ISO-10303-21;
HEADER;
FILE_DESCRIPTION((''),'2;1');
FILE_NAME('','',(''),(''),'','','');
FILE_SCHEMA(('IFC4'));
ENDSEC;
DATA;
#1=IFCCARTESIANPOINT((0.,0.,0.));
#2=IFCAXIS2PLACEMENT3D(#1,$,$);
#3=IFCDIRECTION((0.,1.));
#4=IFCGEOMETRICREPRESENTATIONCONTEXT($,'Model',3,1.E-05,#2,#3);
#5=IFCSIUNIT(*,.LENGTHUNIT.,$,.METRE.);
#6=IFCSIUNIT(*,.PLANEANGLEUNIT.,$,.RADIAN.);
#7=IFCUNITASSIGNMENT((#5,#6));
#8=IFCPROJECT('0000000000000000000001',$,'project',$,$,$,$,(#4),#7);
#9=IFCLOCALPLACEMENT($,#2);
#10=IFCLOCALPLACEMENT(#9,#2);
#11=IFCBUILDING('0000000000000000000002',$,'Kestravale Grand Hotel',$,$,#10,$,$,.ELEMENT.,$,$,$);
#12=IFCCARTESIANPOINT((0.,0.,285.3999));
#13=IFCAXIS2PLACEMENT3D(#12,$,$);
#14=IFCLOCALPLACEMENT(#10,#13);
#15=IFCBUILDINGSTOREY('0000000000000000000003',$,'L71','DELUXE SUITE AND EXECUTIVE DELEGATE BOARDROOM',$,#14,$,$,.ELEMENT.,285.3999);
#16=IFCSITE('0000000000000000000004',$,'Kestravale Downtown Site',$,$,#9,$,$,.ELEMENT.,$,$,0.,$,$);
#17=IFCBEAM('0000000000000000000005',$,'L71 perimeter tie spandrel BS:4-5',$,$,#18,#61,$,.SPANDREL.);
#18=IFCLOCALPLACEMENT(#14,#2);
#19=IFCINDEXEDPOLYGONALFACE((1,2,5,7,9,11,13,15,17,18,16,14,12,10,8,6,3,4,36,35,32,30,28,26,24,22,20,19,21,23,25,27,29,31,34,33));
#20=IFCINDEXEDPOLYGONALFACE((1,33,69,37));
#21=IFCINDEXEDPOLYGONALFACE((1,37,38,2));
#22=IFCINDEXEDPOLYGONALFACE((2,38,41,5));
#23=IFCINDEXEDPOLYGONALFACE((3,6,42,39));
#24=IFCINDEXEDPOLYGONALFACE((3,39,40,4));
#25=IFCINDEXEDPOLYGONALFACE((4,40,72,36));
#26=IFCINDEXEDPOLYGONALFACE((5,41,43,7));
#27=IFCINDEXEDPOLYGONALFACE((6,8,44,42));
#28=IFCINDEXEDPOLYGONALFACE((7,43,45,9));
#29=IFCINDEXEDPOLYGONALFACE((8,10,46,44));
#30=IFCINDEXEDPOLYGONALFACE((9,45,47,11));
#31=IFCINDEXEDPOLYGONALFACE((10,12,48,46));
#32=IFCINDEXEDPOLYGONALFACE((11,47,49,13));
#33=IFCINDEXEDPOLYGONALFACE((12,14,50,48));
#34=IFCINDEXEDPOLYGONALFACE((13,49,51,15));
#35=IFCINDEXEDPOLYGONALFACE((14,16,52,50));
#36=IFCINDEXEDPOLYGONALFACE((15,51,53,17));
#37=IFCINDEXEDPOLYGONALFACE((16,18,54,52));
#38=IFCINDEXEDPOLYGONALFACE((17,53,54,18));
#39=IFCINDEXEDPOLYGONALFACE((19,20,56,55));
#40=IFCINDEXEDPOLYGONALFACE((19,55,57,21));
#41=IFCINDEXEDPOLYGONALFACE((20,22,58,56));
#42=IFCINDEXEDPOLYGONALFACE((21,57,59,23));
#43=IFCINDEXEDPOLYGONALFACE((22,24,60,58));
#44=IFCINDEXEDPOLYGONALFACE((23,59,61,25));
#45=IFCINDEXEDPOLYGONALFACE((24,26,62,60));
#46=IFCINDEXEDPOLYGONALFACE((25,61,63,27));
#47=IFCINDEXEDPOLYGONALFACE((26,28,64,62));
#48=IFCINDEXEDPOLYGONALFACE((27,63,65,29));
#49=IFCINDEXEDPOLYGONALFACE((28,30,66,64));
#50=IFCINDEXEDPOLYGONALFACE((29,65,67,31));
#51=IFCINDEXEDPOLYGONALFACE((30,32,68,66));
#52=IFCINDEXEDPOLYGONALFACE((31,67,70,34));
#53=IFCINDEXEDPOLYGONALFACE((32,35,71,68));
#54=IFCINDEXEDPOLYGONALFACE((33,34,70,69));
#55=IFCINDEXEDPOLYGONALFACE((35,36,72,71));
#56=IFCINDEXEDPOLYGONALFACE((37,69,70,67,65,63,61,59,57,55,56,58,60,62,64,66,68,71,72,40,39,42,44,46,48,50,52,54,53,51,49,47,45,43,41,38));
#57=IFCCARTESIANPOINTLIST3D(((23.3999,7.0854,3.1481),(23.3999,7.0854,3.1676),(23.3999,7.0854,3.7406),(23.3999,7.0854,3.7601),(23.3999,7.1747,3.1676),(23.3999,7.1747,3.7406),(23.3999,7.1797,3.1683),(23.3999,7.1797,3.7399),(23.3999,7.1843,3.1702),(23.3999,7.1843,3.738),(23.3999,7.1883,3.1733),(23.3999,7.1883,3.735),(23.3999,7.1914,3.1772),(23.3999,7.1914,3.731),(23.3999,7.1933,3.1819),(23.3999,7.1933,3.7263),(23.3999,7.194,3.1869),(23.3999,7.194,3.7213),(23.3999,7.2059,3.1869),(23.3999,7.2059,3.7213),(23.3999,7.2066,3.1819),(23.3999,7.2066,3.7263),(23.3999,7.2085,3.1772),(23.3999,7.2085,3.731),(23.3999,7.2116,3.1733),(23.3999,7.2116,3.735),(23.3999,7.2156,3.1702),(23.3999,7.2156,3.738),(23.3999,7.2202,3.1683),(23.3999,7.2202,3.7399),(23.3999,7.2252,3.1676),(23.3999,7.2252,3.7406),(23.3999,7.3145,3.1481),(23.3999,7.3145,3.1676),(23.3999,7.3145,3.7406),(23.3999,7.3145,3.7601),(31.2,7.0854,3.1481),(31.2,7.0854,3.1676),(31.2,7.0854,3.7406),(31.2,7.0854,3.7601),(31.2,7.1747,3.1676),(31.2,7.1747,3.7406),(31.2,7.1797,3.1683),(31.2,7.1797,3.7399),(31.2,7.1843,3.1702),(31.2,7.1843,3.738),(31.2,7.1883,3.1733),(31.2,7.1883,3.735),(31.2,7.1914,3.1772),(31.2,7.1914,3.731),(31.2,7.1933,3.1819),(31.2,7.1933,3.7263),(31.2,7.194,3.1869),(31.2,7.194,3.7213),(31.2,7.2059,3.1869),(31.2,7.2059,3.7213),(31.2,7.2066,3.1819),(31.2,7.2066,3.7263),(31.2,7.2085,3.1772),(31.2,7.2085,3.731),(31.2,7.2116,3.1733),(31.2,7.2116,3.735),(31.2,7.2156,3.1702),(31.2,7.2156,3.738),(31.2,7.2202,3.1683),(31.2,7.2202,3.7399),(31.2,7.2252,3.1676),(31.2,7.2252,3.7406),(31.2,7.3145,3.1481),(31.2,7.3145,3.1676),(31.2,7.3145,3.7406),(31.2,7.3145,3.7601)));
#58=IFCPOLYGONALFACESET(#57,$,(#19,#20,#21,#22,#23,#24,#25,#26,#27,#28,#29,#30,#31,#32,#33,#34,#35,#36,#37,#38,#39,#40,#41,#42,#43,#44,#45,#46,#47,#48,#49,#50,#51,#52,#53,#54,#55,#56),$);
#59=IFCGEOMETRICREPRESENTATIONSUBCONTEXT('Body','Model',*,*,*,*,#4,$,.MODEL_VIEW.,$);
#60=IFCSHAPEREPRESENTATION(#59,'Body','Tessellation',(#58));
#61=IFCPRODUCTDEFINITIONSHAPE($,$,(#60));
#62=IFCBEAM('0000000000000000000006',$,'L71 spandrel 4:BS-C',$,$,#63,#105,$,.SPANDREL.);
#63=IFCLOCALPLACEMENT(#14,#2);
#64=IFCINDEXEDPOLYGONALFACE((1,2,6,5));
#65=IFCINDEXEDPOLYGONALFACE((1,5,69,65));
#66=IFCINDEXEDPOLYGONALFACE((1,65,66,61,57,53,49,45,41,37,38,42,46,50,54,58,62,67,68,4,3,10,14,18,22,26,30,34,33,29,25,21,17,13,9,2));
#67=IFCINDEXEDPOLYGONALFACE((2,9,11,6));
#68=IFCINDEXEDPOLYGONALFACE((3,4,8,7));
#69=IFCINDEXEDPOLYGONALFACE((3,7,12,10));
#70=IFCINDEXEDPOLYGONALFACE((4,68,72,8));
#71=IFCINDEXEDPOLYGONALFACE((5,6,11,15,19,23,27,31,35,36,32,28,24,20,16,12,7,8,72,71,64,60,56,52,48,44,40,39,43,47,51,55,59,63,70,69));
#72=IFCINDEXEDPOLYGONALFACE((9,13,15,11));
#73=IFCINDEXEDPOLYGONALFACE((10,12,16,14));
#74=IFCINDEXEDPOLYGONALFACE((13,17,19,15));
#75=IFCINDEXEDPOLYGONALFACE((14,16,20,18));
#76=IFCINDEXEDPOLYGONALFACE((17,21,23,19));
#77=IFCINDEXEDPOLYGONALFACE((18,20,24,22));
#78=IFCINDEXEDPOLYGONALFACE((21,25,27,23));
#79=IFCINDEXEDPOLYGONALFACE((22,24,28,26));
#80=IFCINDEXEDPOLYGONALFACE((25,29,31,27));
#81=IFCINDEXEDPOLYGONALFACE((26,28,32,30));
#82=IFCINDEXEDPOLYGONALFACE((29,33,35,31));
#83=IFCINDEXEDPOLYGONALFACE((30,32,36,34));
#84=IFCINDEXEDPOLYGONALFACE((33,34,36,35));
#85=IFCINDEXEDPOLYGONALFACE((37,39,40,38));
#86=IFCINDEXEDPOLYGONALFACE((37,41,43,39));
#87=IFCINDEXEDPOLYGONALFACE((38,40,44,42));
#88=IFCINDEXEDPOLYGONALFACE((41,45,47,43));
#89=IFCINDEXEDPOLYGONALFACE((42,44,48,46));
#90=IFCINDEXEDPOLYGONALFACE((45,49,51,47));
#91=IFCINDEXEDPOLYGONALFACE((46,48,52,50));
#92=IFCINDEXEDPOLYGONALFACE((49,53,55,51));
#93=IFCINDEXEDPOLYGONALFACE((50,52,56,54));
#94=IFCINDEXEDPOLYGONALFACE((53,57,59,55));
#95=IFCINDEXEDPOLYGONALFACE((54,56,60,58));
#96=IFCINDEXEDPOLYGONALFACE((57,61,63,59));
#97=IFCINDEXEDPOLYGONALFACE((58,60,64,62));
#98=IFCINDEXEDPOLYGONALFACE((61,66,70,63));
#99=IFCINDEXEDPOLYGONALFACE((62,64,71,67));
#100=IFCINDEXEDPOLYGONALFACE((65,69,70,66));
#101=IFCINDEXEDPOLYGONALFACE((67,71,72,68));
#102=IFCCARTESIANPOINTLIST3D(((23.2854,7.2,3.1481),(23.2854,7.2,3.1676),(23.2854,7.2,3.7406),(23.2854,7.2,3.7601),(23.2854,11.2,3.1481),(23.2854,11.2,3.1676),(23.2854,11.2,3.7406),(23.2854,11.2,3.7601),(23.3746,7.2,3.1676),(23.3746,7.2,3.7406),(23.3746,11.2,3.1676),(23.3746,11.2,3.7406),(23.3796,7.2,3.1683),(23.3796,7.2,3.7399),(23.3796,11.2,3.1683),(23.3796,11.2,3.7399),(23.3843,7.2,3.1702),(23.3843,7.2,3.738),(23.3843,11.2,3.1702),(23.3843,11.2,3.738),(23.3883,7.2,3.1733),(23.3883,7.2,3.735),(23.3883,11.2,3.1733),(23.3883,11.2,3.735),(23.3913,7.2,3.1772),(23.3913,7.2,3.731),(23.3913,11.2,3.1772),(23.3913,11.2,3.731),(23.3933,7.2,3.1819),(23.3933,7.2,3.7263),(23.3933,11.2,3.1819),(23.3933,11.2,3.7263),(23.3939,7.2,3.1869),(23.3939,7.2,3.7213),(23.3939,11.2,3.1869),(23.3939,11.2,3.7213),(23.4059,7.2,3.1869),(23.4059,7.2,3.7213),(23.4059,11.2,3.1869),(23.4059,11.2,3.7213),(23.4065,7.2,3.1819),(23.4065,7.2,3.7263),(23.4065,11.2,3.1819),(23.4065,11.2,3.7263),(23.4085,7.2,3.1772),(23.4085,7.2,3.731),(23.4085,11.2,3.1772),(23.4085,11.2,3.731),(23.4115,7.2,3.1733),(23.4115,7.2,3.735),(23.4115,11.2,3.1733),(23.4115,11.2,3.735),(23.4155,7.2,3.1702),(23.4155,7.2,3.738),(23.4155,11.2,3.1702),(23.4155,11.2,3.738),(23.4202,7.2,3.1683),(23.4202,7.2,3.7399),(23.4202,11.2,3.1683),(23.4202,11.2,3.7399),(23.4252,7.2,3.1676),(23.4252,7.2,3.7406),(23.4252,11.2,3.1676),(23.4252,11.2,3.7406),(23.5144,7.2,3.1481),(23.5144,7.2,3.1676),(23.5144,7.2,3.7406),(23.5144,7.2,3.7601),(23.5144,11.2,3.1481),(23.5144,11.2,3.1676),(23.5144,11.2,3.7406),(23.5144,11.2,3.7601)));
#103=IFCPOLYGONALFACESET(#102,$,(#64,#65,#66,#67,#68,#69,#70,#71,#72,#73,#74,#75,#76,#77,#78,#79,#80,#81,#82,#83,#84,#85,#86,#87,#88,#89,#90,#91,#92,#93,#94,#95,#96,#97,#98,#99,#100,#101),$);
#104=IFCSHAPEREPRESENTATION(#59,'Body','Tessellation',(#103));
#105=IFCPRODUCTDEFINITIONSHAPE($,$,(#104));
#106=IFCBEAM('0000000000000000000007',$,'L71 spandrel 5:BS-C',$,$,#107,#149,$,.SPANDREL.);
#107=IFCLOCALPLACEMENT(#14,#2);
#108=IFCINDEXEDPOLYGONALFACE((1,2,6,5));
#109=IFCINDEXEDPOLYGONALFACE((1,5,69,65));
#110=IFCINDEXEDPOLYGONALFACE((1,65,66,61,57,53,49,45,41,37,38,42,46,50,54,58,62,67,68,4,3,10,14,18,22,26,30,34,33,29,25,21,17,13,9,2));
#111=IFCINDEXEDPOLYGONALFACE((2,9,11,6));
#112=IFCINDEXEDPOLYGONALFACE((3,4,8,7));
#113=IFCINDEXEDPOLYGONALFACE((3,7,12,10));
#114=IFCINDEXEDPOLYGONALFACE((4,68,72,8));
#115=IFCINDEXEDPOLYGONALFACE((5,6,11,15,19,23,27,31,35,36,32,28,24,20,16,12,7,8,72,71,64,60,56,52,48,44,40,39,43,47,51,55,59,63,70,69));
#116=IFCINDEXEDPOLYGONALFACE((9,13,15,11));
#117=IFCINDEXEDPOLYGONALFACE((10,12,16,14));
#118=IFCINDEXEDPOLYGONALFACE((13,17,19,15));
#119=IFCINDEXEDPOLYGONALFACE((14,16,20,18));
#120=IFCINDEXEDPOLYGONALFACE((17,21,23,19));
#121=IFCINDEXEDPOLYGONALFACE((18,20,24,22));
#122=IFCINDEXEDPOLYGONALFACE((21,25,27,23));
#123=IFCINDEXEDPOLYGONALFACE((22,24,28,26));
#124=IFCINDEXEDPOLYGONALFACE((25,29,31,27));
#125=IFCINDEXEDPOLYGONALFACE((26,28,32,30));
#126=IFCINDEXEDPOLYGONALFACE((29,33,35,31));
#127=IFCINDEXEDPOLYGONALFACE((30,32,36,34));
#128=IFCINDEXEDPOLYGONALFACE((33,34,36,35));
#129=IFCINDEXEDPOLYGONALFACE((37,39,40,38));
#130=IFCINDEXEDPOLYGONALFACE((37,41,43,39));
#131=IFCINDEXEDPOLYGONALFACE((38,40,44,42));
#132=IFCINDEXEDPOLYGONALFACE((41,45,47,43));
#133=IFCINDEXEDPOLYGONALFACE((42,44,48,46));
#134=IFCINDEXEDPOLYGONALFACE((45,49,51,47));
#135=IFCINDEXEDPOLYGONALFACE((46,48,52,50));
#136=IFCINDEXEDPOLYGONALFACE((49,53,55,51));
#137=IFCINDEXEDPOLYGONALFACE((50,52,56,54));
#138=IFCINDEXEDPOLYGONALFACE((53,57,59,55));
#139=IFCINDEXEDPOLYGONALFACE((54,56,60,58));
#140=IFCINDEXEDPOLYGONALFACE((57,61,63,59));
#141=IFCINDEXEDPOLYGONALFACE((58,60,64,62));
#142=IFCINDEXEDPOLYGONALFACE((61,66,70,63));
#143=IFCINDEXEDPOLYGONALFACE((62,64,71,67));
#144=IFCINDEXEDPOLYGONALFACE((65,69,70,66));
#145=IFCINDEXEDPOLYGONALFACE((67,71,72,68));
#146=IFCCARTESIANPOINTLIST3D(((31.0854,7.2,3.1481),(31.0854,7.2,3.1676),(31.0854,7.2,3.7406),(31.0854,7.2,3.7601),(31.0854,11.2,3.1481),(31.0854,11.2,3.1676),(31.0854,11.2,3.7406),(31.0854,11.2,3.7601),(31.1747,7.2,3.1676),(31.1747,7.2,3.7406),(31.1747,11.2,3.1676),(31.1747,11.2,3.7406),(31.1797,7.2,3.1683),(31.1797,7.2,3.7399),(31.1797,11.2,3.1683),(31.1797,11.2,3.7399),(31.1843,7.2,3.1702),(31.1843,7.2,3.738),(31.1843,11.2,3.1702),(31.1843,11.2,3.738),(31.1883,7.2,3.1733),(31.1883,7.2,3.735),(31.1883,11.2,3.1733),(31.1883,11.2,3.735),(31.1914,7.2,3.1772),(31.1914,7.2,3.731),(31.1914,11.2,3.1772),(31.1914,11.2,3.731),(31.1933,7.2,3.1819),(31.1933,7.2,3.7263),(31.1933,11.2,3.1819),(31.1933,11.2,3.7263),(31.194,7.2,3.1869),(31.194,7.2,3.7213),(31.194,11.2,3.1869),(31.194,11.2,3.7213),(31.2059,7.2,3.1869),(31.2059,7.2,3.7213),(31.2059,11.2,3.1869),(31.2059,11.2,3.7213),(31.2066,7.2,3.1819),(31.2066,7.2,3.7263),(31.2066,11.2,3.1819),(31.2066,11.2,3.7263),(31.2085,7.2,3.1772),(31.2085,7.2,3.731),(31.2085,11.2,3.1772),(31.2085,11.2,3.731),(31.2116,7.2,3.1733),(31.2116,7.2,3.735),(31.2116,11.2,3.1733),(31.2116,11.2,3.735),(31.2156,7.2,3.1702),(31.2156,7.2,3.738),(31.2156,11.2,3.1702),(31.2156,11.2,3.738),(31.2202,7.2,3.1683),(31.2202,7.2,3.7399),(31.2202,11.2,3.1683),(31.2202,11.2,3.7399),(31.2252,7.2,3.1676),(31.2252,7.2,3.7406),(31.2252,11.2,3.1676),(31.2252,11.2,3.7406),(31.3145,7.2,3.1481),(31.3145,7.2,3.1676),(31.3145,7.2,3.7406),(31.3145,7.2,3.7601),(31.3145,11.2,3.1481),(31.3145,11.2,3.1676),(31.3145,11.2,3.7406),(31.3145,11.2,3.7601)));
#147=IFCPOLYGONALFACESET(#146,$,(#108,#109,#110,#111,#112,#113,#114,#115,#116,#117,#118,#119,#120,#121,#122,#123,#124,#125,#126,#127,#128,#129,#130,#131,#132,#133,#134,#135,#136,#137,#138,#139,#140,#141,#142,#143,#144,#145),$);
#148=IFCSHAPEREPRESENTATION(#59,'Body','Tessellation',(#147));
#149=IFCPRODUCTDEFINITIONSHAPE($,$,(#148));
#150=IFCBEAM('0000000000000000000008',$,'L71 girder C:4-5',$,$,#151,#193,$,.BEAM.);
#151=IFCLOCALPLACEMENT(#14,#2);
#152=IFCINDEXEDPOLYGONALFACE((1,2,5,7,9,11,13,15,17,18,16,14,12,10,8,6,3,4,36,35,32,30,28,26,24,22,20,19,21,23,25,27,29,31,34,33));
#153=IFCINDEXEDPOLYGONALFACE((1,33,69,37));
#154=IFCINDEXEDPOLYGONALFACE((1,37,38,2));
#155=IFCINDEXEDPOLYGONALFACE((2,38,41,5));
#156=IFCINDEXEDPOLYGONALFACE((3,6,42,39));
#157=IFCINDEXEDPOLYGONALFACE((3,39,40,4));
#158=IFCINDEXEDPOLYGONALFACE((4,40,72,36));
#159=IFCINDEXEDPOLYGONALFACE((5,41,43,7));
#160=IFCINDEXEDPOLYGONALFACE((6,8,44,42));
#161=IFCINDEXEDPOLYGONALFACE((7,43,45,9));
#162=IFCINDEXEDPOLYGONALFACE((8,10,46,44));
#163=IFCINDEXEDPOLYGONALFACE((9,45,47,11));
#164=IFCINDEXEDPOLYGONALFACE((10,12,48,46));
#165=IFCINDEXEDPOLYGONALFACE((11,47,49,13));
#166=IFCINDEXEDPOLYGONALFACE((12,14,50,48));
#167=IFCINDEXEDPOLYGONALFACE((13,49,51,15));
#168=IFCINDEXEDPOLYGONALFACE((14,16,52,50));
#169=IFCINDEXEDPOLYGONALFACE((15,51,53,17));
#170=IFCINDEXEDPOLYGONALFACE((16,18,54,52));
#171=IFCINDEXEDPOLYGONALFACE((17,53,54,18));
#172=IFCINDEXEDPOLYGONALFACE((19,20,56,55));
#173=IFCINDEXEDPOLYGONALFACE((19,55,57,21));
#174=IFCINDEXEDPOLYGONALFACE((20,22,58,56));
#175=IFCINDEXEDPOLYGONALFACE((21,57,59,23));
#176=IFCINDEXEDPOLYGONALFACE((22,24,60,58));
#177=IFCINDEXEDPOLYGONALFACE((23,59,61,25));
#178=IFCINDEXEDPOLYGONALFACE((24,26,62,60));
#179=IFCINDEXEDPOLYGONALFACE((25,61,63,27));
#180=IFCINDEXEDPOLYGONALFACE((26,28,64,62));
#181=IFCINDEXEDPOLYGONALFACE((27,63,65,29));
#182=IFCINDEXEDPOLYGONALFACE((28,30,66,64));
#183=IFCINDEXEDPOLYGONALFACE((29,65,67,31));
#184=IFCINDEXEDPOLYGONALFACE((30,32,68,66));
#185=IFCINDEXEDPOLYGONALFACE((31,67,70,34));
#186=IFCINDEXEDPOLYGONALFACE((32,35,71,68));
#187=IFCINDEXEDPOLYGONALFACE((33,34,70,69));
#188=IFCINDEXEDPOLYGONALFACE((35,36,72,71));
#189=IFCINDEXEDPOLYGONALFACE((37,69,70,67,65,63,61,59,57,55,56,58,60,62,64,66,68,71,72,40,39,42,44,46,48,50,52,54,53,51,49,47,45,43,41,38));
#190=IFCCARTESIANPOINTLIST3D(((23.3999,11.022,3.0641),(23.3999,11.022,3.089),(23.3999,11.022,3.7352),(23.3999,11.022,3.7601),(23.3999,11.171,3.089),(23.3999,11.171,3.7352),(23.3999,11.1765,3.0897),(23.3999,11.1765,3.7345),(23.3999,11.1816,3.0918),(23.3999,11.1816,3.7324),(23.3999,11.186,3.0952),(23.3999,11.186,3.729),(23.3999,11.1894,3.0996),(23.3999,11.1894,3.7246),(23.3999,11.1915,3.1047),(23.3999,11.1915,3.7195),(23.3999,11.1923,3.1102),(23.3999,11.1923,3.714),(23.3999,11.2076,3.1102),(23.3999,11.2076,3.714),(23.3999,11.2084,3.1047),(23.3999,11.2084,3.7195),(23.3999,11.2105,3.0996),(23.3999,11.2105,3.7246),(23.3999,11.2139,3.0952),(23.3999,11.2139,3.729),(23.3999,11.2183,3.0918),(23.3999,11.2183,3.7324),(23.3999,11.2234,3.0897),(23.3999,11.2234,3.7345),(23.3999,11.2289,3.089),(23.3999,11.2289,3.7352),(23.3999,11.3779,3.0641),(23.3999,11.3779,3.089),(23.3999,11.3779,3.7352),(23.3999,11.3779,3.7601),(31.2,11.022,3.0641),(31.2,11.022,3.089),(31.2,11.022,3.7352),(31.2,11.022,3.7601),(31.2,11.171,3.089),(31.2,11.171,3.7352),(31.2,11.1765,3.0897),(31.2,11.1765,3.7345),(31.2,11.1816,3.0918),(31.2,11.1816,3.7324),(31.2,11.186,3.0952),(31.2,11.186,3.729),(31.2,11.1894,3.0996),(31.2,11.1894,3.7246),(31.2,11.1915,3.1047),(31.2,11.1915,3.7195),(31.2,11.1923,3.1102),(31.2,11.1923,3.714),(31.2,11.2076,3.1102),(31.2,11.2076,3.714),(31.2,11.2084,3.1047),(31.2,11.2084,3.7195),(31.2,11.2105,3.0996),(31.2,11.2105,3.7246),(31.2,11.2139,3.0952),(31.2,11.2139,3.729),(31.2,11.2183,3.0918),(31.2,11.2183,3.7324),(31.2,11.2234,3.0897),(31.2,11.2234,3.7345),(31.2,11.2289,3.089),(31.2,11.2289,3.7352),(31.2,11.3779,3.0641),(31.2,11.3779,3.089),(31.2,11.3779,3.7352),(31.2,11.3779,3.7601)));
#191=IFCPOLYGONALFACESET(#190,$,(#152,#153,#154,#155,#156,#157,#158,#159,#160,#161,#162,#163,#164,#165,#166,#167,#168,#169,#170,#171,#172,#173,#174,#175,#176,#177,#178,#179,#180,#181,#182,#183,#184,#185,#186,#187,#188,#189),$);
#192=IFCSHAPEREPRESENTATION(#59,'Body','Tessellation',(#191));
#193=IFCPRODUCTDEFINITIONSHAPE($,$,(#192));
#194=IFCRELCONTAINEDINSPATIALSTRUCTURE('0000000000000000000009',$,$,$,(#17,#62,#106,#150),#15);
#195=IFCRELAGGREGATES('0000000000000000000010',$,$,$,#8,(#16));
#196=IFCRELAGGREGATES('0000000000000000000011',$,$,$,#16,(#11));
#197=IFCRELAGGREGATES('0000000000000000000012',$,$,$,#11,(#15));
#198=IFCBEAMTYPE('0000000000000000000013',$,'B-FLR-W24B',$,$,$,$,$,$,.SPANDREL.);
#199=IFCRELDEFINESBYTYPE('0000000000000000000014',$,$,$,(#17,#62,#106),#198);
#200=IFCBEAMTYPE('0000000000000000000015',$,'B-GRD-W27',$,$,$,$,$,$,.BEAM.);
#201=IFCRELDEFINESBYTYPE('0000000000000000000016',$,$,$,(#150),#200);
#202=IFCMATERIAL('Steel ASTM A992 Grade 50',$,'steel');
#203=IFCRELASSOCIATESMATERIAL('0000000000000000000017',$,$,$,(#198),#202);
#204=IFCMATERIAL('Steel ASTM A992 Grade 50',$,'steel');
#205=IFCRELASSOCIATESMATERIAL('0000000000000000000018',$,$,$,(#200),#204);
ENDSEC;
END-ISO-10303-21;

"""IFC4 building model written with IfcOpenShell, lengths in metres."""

from ifc_helpers import new_model, si_unit, direction, frame, origin, origin_2d, place, context, subcontext, project, spatial, i_section, extrude, material, material_profile, profile_set, type_object, element, save


model = new_model("IFC4")

# Units and contexts
model_context = context("Model", 3, precision=1e-05, world=origin(), true_north=direction((0.0, 1.0)))
body_context = subcontext(model_context, "Body", "Model", "MODEL_VIEW")
ifc_project = project(units=[si_unit("LENGTHUNIT", "METRE"), si_unit("PLANEANGLEUNIT", "RADIAN")], contexts=[model_context])

# Site, building, storey
site_placement = place(None, origin())
site = spatial("IfcSite", under=ifc_project, at=site_placement, Name="Kestravale Downtown Site", CompositionType="ELEMENT", RefElevation=0.0)
building_placement = place(site_placement, origin())
building = spatial("IfcBuilding", under=site, at=building_placement, Name="Kestravale Grand Hotel", CompositionType="ELEMENT")
storey_placement = place(building_placement, frame((0.0, 0.0, 285.3999)))
storey = spatial("IfcBuildingStorey", under=building, at=storey_placement, Name="L71", Description="DELUXE SUITE AND EXECUTIVE DELEGATE BOARDROOM", CompositionType="ELEMENT", Elevation=285.3999)

# Beams
ifc_material_1 = material(Name="Steel ASTM A992 Grade 50", Category="steel")
ifc_material_profile_1 = material_profile(ifc_material_1, i_section(OverallWidth=0.229, OverallDepth=0.6121, WebThickness=0.012, FlangeThickness=0.0195, FilletRadius=0.0193, at=origin_2d()))
ifc_profile_set_1 = profile_set([ifc_material_profile_1], Name="Steel ASTM A992 Grade 50")
beam_type_1 = type_object("IfcBeamType", Name="B-FLR-W24B", PredefinedType="SPANDREL", material=ifc_profile_set_1)
beam_1_placement = place(storey_placement, frame((23.3999, 7.2, 3.4541), z_axis=(1.0, 0.0, 0.0), x_axis=(0.0, 1.0, 0.0)))
element("IfcBeam", 1, at=beam_1_placement, inside=storey, type_object=beam_type_1, Name="L71 perimeter tie spandrel BS:4-5", PredefinedType="SPANDREL", context=body_context, shape_type="SweptSolid", body=[
    extrude(i_section(OverallWidth=0.229, OverallDepth=0.6121, WebThickness=0.012, FlangeThickness=0.0195, FilletRadius=0.0193, at=origin_2d()), origin(), (0.0, 0.0, 1.0), 7.8),
])
for number, where, z_axis, x_axis, name in (
    (2, (23.3999, 7.2, 3.4541), (0.0, 1.0, 0.0), (-1.0, 0.0, 0.0), "L71 spandrel 4:BS-C"),
    (3, (31.2, 7.2, 3.4541), (0.0, 1.0, 0.0), (-1.0, 0.0, 0.0), "L71 spandrel 5:BS-C"),
):
    element("IfcBeam", number, at=place(storey_placement, frame(where, z_axis=z_axis, x_axis=x_axis)), inside=storey, type_object=beam_type_1, Name=name, PredefinedType="SPANDREL", context=body_context, shape_type="SweptSolid", body=[
        extrude(i_section(OverallWidth=0.229, OverallDepth=0.6121, WebThickness=0.012, FlangeThickness=0.0195, FilletRadius=0.0193, at=origin_2d()), origin(), (0.0, 0.0, 1.0), 4.0),
    ])
ifc_material_2 = material(Name="Steel ASTM A992 Grade 50", Category="steel")
ifc_material_profile_2 = material_profile(ifc_material_2, i_section(OverallWidth=0.356, OverallDepth=0.696, WebThickness=0.0154, FlangeThickness=0.0249, FilletRadius=0.0212, at=origin_2d()))
ifc_profile_set_2 = profile_set([ifc_material_profile_2], Name="Steel ASTM A992 Grade 50")
beam_type_2 = type_object("IfcBeamType", Name="B-GRD-W27", PredefinedType="BEAM", material=ifc_profile_set_2)
beam_2_placement = place(storey_placement, frame((23.3999, 11.2, 3.4121), z_axis=(1.0, 0.0, 0.0), x_axis=(0.0, 1.0, 0.0)))
element("IfcBeam", 4, at=beam_2_placement, inside=storey, type_object=beam_type_2, Name="L71 girder C:4-5", PredefinedType="BEAM", context=body_context, shape_type="SweptSolid", body=[
    extrude(i_section(OverallWidth=0.356, OverallDepth=0.696, WebThickness=0.0154, FlangeThickness=0.0249, FilletRadius=0.0212, at=origin_2d()), origin(), (0.0, 0.0, 1.0), 7.8),
])

save(model, "model.ifc")
